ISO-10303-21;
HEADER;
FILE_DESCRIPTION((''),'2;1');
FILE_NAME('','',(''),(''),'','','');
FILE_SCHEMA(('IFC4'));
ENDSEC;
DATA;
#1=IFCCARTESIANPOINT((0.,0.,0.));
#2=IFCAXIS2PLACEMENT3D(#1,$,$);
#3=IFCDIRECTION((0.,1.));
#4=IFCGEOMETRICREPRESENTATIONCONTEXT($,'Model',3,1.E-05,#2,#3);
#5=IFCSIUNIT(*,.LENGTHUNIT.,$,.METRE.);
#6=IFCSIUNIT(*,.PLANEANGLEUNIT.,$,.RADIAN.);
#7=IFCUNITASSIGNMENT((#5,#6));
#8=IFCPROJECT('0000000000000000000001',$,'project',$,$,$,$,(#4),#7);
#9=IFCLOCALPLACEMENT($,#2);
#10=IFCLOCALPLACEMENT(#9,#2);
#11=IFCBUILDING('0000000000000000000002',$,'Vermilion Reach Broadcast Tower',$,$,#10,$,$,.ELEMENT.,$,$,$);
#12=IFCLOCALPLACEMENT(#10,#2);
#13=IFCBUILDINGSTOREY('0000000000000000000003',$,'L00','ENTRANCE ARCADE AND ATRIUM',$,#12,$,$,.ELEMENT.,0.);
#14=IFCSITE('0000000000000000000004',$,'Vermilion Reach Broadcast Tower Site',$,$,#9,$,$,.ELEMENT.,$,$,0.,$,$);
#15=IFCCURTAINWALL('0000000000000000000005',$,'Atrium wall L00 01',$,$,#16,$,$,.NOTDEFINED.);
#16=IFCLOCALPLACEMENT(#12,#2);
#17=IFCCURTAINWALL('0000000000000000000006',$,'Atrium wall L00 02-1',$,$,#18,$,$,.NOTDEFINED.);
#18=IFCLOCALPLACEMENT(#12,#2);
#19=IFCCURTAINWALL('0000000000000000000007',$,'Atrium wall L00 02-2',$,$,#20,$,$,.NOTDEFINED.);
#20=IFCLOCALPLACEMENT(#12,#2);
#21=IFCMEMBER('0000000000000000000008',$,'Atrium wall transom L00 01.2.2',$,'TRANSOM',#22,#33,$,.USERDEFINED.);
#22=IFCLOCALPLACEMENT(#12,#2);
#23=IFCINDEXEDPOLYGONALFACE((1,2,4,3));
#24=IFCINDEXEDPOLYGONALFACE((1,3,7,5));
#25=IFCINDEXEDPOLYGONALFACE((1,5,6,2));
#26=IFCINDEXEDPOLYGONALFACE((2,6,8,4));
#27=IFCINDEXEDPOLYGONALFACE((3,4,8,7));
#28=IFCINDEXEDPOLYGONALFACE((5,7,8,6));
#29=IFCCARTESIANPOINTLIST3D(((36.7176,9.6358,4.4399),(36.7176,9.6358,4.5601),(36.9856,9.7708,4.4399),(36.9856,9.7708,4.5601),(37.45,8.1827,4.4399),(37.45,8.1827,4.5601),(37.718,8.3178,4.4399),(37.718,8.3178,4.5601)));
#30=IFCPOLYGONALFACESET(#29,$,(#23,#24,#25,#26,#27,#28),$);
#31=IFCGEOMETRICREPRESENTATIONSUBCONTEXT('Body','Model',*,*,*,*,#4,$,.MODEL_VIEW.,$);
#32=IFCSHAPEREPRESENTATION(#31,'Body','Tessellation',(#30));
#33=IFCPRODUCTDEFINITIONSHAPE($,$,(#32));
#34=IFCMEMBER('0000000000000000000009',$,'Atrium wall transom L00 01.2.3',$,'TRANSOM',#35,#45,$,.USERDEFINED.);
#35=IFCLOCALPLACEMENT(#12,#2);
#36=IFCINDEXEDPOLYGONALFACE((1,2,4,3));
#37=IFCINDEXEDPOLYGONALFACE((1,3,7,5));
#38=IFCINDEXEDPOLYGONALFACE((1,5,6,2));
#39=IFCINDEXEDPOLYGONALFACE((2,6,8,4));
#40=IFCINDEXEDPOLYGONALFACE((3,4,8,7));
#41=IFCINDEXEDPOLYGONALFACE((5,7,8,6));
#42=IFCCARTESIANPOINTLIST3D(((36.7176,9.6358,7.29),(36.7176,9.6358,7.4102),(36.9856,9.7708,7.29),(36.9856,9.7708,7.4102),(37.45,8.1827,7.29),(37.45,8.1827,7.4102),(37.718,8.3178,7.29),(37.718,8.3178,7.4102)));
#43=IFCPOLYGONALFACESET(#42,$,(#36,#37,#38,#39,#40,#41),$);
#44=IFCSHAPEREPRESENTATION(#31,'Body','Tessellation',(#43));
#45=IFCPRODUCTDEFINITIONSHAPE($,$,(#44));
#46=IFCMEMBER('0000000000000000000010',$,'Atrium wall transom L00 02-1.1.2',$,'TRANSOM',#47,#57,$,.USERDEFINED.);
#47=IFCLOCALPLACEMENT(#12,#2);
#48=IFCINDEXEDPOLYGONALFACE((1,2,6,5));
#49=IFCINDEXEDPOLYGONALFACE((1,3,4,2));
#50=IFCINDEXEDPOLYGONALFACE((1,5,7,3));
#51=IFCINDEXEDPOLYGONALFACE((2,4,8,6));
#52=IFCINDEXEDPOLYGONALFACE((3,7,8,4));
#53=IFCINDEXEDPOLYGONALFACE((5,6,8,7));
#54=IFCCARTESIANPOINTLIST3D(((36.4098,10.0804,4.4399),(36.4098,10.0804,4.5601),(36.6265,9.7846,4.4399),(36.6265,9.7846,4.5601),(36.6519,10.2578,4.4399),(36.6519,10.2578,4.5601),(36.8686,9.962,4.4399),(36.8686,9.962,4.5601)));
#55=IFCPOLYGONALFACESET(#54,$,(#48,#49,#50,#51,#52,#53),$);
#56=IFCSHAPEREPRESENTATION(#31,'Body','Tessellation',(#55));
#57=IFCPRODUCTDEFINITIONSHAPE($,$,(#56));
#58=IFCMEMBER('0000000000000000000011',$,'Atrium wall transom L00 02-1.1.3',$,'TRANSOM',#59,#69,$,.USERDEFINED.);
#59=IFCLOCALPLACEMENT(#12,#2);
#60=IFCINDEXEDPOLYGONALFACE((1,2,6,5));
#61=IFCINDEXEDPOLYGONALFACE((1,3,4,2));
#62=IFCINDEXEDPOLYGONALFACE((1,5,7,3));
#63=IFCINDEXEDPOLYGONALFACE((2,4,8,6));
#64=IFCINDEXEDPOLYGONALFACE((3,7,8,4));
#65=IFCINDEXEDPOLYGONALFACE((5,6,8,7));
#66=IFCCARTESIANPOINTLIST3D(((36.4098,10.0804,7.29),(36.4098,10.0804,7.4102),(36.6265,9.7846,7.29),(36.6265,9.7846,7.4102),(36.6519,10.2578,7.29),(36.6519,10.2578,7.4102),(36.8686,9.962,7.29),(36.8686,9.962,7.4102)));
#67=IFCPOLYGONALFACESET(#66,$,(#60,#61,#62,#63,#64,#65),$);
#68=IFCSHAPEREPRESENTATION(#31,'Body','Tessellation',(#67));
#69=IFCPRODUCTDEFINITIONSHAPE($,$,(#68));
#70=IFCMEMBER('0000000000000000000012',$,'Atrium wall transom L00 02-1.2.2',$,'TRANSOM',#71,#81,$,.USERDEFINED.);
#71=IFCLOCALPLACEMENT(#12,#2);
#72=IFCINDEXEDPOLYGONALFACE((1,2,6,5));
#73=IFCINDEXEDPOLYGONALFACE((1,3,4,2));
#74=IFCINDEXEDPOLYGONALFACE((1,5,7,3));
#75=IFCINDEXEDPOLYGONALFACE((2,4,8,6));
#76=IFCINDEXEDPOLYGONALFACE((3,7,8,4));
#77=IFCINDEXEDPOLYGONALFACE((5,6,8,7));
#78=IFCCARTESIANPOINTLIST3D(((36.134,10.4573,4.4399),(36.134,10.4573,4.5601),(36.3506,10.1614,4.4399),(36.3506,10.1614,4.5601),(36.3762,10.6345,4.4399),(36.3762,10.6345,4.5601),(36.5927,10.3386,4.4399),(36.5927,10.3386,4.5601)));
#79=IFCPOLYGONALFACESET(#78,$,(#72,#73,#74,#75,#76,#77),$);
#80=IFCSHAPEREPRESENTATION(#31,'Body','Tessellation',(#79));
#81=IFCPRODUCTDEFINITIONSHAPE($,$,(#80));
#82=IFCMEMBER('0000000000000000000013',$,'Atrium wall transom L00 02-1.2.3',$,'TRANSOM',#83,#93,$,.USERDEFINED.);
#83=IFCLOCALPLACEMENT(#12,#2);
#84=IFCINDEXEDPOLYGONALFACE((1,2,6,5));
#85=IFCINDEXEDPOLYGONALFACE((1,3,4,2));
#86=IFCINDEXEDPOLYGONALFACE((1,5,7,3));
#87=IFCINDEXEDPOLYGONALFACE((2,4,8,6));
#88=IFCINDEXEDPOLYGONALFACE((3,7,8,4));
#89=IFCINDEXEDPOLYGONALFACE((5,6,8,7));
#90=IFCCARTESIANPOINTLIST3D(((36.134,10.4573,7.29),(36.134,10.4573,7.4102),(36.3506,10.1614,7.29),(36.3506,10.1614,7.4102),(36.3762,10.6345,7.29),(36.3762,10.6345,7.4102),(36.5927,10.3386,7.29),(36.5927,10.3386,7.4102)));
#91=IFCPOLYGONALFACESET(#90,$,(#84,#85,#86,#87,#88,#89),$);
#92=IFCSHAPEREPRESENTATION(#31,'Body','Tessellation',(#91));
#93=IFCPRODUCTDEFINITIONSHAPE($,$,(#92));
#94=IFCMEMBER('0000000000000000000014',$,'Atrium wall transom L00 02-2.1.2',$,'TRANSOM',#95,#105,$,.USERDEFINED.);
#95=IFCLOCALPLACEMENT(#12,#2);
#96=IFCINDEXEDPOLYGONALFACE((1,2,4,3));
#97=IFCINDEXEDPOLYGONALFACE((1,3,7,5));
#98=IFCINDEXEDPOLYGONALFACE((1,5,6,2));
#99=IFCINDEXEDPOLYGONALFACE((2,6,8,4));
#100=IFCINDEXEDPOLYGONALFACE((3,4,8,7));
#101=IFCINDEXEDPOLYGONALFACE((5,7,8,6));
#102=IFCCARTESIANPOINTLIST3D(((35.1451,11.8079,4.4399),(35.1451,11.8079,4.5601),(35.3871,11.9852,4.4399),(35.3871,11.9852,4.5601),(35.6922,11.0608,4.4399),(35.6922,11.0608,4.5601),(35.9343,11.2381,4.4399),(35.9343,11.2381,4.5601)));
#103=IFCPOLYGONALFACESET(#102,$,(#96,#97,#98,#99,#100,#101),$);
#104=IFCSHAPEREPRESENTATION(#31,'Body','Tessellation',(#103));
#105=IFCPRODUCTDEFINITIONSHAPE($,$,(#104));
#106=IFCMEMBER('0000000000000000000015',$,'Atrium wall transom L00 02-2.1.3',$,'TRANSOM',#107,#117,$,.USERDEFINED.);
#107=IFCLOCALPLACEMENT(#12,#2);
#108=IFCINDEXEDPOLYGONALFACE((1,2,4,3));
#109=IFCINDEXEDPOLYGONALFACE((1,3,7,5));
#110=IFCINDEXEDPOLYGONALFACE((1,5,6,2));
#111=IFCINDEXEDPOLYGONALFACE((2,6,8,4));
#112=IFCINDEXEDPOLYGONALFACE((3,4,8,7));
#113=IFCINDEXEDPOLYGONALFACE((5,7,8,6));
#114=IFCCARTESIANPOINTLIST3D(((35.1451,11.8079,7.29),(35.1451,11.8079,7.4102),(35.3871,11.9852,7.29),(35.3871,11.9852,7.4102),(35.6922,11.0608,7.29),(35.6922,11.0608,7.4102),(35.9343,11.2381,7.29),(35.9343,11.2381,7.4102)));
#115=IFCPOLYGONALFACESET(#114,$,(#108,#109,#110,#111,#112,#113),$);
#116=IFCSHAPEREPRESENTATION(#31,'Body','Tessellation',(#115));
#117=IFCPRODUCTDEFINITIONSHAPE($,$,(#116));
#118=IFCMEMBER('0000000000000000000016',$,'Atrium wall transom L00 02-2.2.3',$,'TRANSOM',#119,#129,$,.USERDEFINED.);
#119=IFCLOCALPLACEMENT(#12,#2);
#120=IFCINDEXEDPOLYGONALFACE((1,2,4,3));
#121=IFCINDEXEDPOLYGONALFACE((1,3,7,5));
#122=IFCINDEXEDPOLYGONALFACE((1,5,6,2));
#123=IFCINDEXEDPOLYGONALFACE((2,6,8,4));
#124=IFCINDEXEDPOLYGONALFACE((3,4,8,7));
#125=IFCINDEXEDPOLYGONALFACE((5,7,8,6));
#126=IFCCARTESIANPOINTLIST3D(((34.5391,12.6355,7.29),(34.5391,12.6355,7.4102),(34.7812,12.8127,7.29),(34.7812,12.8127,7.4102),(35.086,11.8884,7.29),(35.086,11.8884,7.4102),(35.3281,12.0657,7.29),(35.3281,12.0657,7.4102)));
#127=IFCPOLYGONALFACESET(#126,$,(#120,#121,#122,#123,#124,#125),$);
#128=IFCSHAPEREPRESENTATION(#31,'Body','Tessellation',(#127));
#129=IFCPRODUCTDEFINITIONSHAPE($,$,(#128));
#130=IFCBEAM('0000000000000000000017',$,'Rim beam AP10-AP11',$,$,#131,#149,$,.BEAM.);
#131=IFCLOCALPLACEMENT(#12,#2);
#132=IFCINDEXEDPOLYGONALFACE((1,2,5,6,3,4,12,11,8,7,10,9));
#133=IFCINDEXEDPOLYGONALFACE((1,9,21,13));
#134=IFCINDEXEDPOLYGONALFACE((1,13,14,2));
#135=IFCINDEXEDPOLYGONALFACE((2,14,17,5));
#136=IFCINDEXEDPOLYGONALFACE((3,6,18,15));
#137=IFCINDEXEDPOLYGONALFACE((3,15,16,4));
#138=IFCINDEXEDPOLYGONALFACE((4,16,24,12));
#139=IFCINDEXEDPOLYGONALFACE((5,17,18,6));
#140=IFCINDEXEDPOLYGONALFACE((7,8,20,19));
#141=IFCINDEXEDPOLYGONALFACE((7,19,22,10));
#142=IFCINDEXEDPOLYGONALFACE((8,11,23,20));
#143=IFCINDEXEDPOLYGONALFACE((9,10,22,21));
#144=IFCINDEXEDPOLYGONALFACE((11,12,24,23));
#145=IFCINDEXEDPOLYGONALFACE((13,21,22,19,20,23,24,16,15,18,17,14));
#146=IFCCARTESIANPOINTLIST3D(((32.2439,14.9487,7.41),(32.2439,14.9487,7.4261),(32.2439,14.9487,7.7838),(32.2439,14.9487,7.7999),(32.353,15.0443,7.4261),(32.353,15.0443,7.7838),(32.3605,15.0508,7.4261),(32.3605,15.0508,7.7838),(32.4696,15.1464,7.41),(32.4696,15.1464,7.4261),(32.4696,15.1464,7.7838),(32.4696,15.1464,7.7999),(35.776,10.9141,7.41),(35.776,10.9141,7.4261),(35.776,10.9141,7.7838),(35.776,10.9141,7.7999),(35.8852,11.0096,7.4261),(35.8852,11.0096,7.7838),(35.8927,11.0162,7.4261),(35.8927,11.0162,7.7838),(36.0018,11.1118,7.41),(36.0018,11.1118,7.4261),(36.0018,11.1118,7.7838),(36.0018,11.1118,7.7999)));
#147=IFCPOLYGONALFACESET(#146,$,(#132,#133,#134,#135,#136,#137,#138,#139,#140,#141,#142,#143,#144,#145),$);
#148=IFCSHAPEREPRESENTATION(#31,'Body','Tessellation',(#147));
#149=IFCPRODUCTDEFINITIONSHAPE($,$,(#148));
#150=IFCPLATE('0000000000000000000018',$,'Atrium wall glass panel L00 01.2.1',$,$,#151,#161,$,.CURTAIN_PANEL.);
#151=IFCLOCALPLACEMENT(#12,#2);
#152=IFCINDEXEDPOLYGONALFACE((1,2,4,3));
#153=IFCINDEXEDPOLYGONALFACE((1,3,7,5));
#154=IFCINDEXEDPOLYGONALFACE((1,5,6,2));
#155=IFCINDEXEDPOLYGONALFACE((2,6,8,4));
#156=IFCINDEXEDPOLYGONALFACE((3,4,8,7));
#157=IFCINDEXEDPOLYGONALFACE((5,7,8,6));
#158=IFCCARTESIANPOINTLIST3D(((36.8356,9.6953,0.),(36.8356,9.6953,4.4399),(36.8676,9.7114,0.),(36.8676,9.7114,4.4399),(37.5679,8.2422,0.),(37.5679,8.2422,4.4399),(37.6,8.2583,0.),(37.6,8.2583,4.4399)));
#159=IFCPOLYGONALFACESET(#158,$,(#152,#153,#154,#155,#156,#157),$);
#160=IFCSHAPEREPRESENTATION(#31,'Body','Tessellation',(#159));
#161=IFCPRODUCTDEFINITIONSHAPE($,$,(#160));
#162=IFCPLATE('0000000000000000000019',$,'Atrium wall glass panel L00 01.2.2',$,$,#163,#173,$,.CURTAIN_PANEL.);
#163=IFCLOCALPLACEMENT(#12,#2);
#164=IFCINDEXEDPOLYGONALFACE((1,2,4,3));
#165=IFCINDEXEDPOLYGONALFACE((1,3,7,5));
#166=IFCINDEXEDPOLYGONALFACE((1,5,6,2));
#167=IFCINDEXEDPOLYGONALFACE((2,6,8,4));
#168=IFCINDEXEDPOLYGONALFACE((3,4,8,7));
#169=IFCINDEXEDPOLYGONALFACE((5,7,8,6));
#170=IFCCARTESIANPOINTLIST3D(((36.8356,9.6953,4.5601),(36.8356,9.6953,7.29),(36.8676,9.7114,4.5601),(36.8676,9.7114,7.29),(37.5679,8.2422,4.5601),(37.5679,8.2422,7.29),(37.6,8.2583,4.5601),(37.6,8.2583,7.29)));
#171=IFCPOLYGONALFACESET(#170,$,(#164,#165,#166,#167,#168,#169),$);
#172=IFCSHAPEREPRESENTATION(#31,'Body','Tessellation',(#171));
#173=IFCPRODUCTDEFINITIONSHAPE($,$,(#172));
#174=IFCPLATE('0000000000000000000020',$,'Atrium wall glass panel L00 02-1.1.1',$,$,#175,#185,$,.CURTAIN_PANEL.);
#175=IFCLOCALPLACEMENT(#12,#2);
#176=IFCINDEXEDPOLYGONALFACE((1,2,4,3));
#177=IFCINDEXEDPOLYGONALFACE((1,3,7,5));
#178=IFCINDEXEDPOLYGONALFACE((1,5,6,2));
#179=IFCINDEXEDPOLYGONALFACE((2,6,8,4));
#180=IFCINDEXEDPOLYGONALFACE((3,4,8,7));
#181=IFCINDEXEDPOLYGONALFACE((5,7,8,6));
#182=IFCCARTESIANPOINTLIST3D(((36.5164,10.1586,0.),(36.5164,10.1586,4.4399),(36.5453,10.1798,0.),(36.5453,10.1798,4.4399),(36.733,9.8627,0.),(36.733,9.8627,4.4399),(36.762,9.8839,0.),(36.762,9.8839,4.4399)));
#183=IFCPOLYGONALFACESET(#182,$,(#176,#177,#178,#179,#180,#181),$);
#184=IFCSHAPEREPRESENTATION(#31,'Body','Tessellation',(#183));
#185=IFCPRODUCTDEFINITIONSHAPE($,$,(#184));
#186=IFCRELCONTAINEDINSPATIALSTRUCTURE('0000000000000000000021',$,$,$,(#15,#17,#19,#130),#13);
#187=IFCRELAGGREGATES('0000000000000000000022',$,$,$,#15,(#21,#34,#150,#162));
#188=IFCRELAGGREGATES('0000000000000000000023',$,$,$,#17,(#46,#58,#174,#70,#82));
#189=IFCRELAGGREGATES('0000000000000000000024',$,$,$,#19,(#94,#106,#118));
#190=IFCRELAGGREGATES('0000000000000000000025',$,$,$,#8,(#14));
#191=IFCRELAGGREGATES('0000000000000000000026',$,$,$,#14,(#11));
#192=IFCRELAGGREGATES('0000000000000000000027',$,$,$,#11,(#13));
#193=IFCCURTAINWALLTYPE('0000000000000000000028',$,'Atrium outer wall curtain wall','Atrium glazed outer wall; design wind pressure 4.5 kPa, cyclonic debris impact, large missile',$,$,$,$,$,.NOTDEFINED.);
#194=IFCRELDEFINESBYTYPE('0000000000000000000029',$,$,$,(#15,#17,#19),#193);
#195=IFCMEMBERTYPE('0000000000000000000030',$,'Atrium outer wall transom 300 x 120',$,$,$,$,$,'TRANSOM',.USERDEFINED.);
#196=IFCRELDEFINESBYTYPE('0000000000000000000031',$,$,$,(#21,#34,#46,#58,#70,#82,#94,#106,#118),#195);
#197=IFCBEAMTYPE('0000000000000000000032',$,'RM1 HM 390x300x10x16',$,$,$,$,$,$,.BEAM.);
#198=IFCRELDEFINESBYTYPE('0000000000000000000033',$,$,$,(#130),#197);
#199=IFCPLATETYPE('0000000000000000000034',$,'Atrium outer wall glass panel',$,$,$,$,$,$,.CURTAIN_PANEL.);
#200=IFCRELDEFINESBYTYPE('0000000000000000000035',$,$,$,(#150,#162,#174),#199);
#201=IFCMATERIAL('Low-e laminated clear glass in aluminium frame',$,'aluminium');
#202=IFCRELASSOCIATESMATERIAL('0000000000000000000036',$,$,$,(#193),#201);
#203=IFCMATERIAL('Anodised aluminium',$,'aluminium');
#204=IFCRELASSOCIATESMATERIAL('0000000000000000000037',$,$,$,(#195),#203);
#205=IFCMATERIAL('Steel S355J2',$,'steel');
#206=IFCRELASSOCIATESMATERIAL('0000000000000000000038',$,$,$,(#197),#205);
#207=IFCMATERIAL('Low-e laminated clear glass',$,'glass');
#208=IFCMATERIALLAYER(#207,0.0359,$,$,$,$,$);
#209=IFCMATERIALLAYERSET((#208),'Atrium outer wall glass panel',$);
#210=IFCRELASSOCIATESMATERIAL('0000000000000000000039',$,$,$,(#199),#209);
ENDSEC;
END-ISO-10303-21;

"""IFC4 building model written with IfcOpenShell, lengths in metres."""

from ifc_helpers import new_model, si_unit, direction, frame, origin, origin_2d, place, context, subcontext, project, spatial, rectangle, i_section, extrude, material, layer, layer_set, material_profile, profile_set, type_object, element, aggregate, save


model = new_model("IFC4")

# Units and contexts
model_context = context("Model", 3, precision=1e-05, world=origin(), true_north=direction((0.0, 1.0)))
body_context = subcontext(model_context, "Body", "Model", "MODEL_VIEW")
ifc_project = project(units=[si_unit("LENGTHUNIT", "METRE"), si_unit("PLANEANGLEUNIT", "RADIAN")], contexts=[model_context])

# Site, building, storey
site_placement = place(None, origin())
site = spatial("IfcSite", under=ifc_project, at=site_placement, Name="Vermilion Reach Broadcast Tower Site", CompositionType="ELEMENT", RefElevation=0.0)
building_placement = place(site_placement, origin())
building = spatial("IfcBuilding", under=site, at=building_placement, Name="Vermilion Reach Broadcast Tower", CompositionType="ELEMENT")
storey_placement = place(building_placement, origin())
storey = spatial("IfcBuildingStorey", under=building, at=storey_placement, Name="L00", Description="ENTRANCE ARCADE AND ATRIUM", CompositionType="ELEMENT", Elevation=0.0)

# Curtain wall
ifc_material_1 = material(Name="Low-e laminated clear glass in aluminium frame", Category="aluminium")
curtain_wall_type = type_object("IfcCurtainWallType", Name="Atrium outer wall curtain wall", Description="Atrium glazed outer wall; design wind pressure 4.5 kPa, cyclonic debris impact, large missile", PredefinedType="NOTDEFINED", material=ifc_material_1)
placement = place(storey_placement, origin())
curtain_wall_1 = element("IfcCurtainWall", 1, at=placement, inside=storey, type_object=curtain_wall_type, Name="Atrium wall L00 01", PredefinedType="NOTDEFINED")

# Curtain walls
curtain_wall_2 = element("IfcCurtainWall", 2, at=placement, inside=storey, type_object=curtain_wall_type, Name="Atrium wall L00 02-1", PredefinedType="NOTDEFINED")
curtain_wall_3 = element("IfcCurtainWall", 3, at=placement, inside=storey, type_object=curtain_wall_type, Name="Atrium wall L00 02-2", PredefinedType="NOTDEFINED")

# Members
ifc_material_2 = material(Name="Anodised aluminium", Category="aluminium")
ifc_material_profile_1 = material_profile(ifc_material_2, rectangle(XDim=0.3, YDim=0.1201, at=origin_2d()), Name="Atrium outer wall transom 300 x 120")
ifc_profile_set_1 = profile_set([ifc_material_profile_1], Name="Anodised aluminium")
member_type_1 = type_object("IfcMemberType", Name="Atrium outer wall transom 300 x 120", ElementType="TRANSOM", PredefinedType="USERDEFINED", material=ifc_profile_set_1)
member_1_placement = place(storey_placement, frame((37.584, 8.2502, 4.5), z_axis=(-0.450092, 0.892982, 0.0), x_axis=(-0.892982, -0.450092, 0.0)))
member_1 = element("IfcMember", 4, at=member_1_placement, type_object=member_type_1, Name="Atrium wall transom L00 01.2.2", ObjectType="TRANSOM", PredefinedType="USERDEFINED", context=body_context, shape_type="SweptSolid", body=[
    extrude(rectangle(XDim=0.3, YDim=0.1201, at=origin_2d()), origin(), (0.0, 0.0, 1.0), 1.6272),
])
member_2_placement = place(storey_placement, frame((37.584, 8.2502, 7.3501), z_axis=(-0.450092, 0.892982, 0.0), x_axis=(-0.892982, -0.450092, 0.0)))
member_2 = element("IfcMember", 5, at=member_2_placement, type_object=member_type_1, Name="Atrium wall transom L00 01.2.3", ObjectType="TRANSOM", PredefinedType="USERDEFINED", context=body_context, shape_type="SweptSolid", body=[
    extrude(rectangle(XDim=0.3, YDim=0.1201, at=origin_2d()), origin(), (0.0, 0.0, 1.0), 1.6272),
])
member_3_placement = place(storey_placement, frame((36.7476, 9.8733, 4.5), z_axis=(-0.591017, 0.806659, 0.0), x_axis=(-0.806659, -0.591017, 0.0)))
member_3 = element("IfcMember", 6, at=member_3_placement, type_object=member_type_1, Name="Atrium wall transom L00 02-1.1.2", ObjectType="TRANSOM", PredefinedType="USERDEFINED", context=body_context, shape_type="SweptSolid", body=[
    extrude(rectangle(XDim=0.3, YDim=0.1201, at=origin_2d()), origin(), (0.0, 0.0, 1.0), 0.3667),
])
member_4_placement = place(storey_placement, frame((36.7476, 9.8733, 7.3501), z_axis=(-0.591017, 0.806659, 0.0), x_axis=(-0.806659, -0.591017, 0.0)))
member_4 = element("IfcMember", 7, at=member_4_placement, type_object=member_type_1, Name="Atrium wall transom L00 02-1.1.3", ObjectType="TRANSOM", PredefinedType="USERDEFINED", context=body_context, shape_type="SweptSolid", body=[
    extrude(rectangle(XDim=0.3, YDim=0.1201, at=origin_2d()), origin(), (0.0, 0.0, 1.0), 0.3667),
])
member_5_placement = place(storey_placement, frame((36.4717, 10.25, 4.5), z_axis=(-0.590584, 0.806976, 0.0), x_axis=(-0.806976, -0.590584, 0.0)))
member_5 = element("IfcMember", 8, at=member_5_placement, type_object=member_type_1, Name="Atrium wall transom L00 02-1.2.2", ObjectType="TRANSOM", PredefinedType="USERDEFINED", context=body_context, shape_type="SweptSolid", body=[
    extrude(rectangle(XDim=0.3, YDim=0.1201, at=origin_2d()), origin(), (0.0, 0.0, 1.0), 0.3667),
])
member_6_placement = place(storey_placement, frame((36.4717, 10.25, 7.3501), z_axis=(-0.590584, 0.806976, 0.0), x_axis=(-0.806976, -0.590584, 0.0)))
member_6 = element("IfcMember", 9, at=member_6_placement, type_object=member_type_1, Name="Atrium wall transom L00 02-1.2.3", ObjectType="TRANSOM", PredefinedType="USERDEFINED", context=body_context, shape_type="SweptSolid", body=[
    extrude(rectangle(XDim=0.3, YDim=0.1201, at=origin_2d()), origin(), (0.0, 0.0, 1.0), 0.3667),
])
member_7_placement = place(storey_placement, frame((35.8132, 11.1494, 4.5), z_axis=(-0.590849, 0.806782, 0.0), x_axis=(-0.806782, -0.590849, 0.0)))
member_7 = element("IfcMember", 10, at=member_7_placement, type_object=member_type_1, Name="Atrium wall transom L00 02-2.1.2", ObjectType="TRANSOM", PredefinedType="USERDEFINED", context=body_context, shape_type="SweptSolid", body=[
    extrude(rectangle(XDim=0.3, YDim=0.1201, at=origin_2d()), origin(), (0.0, 0.0, 1.0), 0.926),
])
member_8_placement = place(storey_placement, frame((35.8132, 11.1494, 7.3501), z_axis=(-0.590849, 0.806782, 0.0), x_axis=(-0.806782, -0.590849, 0.0)))
member_8 = element("IfcMember", 11, at=member_8_placement, type_object=member_type_1, Name="Atrium wall transom L00 02-2.1.3", ObjectType="TRANSOM", PredefinedType="USERDEFINED", context=body_context, shape_type="SweptSolid", body=[
    extrude(rectangle(XDim=0.3, YDim=0.1201, at=origin_2d()), origin(), (0.0, 0.0, 1.0), 0.926),
])
member_9_placement = place(storey_placement, frame((35.207, 11.9771, 7.3501), z_axis=(-0.590678, 0.806908, 0.0), x_axis=(-0.806908, -0.590678, 0.0)))
member_9 = element("IfcMember", 12, at=member_9_placement, type_object=member_type_1, Name="Atrium wall transom L00 02-2.2.3", ObjectType="TRANSOM", PredefinedType="USERDEFINED", context=body_context, shape_type="SweptSolid", body=[
    extrude(rectangle(XDim=0.3, YDim=0.1201, at=origin_2d()), origin(), (0.0, 0.0, 1.0), 0.9258),
])

# Beam
ifc_material_3 = material(Name="Steel S355J2", Category="steel")
ifc_material_profile_2 = material_profile(ifc_material_3, i_section(OverallWidth=0.3, OverallDepth=0.3899, WebThickness=0.01, FlangeThickness=0.0161, at=origin_2d()), Name="S355J2 HM 390x300x10x16")
ifc_profile_set_2 = profile_set([ifc_material_profile_2], Name="Steel S355J2")
beam_type = type_object("IfcBeamType", Name="RM1 HM 390x300x10x16", PredefinedType="BEAM", material=ifc_profile_set_2)
beam_placement = place(storey_placement, frame((35.8889, 11.0129, 7.605), z_axis=(-0.658704, 0.752402, 0.0), x_axis=(-0.752402, -0.658704, 0.0)))
element("IfcBeam", 13, at=beam_placement, inside=storey, type_object=beam_type, Name="Rim beam AP10-AP11", PredefinedType="BEAM", context=body_context, shape_type="SweptSolid", body=[
    extrude(i_section(OverallWidth=0.3, OverallDepth=0.3899, WebThickness=0.01, FlangeThickness=0.0161, at=origin_2d()), origin(), (0.0, 0.0, 1.0), 5.3623),
])

# Plates
ifc_material_4 = material(Name="Low-e laminated clear glass", Category="glass")
ifc_layer = layer(ifc_material_4, 0.0359)
ifc_layer_set = layer_set([ifc_layer], Name="Atrium outer wall glass panel")
plate_type = type_object("IfcPlateType", Name="Atrium outer wall glass panel", PredefinedType="CURTAIN_PANEL", material=ifc_layer_set)
plate_1_placement = place(storey_placement, frame((37.2178, 8.9768, 0.0), z_axis=(0.0, 0.0, 1.0), x_axis=(-0.450072, 0.892992, 0.0)))
plate_1 = element("IfcPlate", 14, at=plate_1_placement, type_object=plate_type, Name="Atrium wall glass panel L00 01.2.1", PredefinedType="CURTAIN_PANEL", context=body_context, shape_type="SweptSolid", body=[
    extrude(rectangle(XDim=1.6272, YDim=0.0359, at=origin_2d()), origin(), (0.0, 0.0, 1.0), 4.4399),
])
plate_2_placement = place(storey_placement, frame((37.2178, 8.9768, 4.5601), z_axis=(0.0, 0.0, 1.0), x_axis=(-0.450072, 0.892992, 0.0)))
plate_2 = element("IfcPlate", 15, at=plate_2_placement, type_object=plate_type, Name="Atrium wall glass panel L00 01.2.2", PredefinedType="CURTAIN_PANEL", context=body_context, shape_type="SweptSolid", body=[
    extrude(rectangle(XDim=1.6272, YDim=0.0359, at=origin_2d()), origin(), (0.0, 0.0, 1.0), 2.73),
])
aggregate(curtain_wall_1, [member_1, member_2, plate_1, plate_2])
plate_3_placement = place(storey_placement, frame((36.6392, 10.0212, 0.0), z_axis=(0.0, 0.0, 1.0), x_axis=(-0.59076, 0.806847, 0.0)))
plate_3 = element("IfcPlate", 16, at=plate_3_placement, type_object=plate_type, Name="Atrium wall glass panel L00 02-1.1.1", PredefinedType="CURTAIN_PANEL", context=body_context, shape_type="SweptSolid", body=[
    extrude(rectangle(XDim=0.3667, YDim=0.0359, at=origin_2d()), origin(), (0.0, 0.0, 1.0), 4.4399),
])
aggregate(curtain_wall_2, [member_3, member_4, plate_3, member_5, member_6])
aggregate(curtain_wall_3, [member_7, member_8, member_9])

save(model, "model.ifc")
